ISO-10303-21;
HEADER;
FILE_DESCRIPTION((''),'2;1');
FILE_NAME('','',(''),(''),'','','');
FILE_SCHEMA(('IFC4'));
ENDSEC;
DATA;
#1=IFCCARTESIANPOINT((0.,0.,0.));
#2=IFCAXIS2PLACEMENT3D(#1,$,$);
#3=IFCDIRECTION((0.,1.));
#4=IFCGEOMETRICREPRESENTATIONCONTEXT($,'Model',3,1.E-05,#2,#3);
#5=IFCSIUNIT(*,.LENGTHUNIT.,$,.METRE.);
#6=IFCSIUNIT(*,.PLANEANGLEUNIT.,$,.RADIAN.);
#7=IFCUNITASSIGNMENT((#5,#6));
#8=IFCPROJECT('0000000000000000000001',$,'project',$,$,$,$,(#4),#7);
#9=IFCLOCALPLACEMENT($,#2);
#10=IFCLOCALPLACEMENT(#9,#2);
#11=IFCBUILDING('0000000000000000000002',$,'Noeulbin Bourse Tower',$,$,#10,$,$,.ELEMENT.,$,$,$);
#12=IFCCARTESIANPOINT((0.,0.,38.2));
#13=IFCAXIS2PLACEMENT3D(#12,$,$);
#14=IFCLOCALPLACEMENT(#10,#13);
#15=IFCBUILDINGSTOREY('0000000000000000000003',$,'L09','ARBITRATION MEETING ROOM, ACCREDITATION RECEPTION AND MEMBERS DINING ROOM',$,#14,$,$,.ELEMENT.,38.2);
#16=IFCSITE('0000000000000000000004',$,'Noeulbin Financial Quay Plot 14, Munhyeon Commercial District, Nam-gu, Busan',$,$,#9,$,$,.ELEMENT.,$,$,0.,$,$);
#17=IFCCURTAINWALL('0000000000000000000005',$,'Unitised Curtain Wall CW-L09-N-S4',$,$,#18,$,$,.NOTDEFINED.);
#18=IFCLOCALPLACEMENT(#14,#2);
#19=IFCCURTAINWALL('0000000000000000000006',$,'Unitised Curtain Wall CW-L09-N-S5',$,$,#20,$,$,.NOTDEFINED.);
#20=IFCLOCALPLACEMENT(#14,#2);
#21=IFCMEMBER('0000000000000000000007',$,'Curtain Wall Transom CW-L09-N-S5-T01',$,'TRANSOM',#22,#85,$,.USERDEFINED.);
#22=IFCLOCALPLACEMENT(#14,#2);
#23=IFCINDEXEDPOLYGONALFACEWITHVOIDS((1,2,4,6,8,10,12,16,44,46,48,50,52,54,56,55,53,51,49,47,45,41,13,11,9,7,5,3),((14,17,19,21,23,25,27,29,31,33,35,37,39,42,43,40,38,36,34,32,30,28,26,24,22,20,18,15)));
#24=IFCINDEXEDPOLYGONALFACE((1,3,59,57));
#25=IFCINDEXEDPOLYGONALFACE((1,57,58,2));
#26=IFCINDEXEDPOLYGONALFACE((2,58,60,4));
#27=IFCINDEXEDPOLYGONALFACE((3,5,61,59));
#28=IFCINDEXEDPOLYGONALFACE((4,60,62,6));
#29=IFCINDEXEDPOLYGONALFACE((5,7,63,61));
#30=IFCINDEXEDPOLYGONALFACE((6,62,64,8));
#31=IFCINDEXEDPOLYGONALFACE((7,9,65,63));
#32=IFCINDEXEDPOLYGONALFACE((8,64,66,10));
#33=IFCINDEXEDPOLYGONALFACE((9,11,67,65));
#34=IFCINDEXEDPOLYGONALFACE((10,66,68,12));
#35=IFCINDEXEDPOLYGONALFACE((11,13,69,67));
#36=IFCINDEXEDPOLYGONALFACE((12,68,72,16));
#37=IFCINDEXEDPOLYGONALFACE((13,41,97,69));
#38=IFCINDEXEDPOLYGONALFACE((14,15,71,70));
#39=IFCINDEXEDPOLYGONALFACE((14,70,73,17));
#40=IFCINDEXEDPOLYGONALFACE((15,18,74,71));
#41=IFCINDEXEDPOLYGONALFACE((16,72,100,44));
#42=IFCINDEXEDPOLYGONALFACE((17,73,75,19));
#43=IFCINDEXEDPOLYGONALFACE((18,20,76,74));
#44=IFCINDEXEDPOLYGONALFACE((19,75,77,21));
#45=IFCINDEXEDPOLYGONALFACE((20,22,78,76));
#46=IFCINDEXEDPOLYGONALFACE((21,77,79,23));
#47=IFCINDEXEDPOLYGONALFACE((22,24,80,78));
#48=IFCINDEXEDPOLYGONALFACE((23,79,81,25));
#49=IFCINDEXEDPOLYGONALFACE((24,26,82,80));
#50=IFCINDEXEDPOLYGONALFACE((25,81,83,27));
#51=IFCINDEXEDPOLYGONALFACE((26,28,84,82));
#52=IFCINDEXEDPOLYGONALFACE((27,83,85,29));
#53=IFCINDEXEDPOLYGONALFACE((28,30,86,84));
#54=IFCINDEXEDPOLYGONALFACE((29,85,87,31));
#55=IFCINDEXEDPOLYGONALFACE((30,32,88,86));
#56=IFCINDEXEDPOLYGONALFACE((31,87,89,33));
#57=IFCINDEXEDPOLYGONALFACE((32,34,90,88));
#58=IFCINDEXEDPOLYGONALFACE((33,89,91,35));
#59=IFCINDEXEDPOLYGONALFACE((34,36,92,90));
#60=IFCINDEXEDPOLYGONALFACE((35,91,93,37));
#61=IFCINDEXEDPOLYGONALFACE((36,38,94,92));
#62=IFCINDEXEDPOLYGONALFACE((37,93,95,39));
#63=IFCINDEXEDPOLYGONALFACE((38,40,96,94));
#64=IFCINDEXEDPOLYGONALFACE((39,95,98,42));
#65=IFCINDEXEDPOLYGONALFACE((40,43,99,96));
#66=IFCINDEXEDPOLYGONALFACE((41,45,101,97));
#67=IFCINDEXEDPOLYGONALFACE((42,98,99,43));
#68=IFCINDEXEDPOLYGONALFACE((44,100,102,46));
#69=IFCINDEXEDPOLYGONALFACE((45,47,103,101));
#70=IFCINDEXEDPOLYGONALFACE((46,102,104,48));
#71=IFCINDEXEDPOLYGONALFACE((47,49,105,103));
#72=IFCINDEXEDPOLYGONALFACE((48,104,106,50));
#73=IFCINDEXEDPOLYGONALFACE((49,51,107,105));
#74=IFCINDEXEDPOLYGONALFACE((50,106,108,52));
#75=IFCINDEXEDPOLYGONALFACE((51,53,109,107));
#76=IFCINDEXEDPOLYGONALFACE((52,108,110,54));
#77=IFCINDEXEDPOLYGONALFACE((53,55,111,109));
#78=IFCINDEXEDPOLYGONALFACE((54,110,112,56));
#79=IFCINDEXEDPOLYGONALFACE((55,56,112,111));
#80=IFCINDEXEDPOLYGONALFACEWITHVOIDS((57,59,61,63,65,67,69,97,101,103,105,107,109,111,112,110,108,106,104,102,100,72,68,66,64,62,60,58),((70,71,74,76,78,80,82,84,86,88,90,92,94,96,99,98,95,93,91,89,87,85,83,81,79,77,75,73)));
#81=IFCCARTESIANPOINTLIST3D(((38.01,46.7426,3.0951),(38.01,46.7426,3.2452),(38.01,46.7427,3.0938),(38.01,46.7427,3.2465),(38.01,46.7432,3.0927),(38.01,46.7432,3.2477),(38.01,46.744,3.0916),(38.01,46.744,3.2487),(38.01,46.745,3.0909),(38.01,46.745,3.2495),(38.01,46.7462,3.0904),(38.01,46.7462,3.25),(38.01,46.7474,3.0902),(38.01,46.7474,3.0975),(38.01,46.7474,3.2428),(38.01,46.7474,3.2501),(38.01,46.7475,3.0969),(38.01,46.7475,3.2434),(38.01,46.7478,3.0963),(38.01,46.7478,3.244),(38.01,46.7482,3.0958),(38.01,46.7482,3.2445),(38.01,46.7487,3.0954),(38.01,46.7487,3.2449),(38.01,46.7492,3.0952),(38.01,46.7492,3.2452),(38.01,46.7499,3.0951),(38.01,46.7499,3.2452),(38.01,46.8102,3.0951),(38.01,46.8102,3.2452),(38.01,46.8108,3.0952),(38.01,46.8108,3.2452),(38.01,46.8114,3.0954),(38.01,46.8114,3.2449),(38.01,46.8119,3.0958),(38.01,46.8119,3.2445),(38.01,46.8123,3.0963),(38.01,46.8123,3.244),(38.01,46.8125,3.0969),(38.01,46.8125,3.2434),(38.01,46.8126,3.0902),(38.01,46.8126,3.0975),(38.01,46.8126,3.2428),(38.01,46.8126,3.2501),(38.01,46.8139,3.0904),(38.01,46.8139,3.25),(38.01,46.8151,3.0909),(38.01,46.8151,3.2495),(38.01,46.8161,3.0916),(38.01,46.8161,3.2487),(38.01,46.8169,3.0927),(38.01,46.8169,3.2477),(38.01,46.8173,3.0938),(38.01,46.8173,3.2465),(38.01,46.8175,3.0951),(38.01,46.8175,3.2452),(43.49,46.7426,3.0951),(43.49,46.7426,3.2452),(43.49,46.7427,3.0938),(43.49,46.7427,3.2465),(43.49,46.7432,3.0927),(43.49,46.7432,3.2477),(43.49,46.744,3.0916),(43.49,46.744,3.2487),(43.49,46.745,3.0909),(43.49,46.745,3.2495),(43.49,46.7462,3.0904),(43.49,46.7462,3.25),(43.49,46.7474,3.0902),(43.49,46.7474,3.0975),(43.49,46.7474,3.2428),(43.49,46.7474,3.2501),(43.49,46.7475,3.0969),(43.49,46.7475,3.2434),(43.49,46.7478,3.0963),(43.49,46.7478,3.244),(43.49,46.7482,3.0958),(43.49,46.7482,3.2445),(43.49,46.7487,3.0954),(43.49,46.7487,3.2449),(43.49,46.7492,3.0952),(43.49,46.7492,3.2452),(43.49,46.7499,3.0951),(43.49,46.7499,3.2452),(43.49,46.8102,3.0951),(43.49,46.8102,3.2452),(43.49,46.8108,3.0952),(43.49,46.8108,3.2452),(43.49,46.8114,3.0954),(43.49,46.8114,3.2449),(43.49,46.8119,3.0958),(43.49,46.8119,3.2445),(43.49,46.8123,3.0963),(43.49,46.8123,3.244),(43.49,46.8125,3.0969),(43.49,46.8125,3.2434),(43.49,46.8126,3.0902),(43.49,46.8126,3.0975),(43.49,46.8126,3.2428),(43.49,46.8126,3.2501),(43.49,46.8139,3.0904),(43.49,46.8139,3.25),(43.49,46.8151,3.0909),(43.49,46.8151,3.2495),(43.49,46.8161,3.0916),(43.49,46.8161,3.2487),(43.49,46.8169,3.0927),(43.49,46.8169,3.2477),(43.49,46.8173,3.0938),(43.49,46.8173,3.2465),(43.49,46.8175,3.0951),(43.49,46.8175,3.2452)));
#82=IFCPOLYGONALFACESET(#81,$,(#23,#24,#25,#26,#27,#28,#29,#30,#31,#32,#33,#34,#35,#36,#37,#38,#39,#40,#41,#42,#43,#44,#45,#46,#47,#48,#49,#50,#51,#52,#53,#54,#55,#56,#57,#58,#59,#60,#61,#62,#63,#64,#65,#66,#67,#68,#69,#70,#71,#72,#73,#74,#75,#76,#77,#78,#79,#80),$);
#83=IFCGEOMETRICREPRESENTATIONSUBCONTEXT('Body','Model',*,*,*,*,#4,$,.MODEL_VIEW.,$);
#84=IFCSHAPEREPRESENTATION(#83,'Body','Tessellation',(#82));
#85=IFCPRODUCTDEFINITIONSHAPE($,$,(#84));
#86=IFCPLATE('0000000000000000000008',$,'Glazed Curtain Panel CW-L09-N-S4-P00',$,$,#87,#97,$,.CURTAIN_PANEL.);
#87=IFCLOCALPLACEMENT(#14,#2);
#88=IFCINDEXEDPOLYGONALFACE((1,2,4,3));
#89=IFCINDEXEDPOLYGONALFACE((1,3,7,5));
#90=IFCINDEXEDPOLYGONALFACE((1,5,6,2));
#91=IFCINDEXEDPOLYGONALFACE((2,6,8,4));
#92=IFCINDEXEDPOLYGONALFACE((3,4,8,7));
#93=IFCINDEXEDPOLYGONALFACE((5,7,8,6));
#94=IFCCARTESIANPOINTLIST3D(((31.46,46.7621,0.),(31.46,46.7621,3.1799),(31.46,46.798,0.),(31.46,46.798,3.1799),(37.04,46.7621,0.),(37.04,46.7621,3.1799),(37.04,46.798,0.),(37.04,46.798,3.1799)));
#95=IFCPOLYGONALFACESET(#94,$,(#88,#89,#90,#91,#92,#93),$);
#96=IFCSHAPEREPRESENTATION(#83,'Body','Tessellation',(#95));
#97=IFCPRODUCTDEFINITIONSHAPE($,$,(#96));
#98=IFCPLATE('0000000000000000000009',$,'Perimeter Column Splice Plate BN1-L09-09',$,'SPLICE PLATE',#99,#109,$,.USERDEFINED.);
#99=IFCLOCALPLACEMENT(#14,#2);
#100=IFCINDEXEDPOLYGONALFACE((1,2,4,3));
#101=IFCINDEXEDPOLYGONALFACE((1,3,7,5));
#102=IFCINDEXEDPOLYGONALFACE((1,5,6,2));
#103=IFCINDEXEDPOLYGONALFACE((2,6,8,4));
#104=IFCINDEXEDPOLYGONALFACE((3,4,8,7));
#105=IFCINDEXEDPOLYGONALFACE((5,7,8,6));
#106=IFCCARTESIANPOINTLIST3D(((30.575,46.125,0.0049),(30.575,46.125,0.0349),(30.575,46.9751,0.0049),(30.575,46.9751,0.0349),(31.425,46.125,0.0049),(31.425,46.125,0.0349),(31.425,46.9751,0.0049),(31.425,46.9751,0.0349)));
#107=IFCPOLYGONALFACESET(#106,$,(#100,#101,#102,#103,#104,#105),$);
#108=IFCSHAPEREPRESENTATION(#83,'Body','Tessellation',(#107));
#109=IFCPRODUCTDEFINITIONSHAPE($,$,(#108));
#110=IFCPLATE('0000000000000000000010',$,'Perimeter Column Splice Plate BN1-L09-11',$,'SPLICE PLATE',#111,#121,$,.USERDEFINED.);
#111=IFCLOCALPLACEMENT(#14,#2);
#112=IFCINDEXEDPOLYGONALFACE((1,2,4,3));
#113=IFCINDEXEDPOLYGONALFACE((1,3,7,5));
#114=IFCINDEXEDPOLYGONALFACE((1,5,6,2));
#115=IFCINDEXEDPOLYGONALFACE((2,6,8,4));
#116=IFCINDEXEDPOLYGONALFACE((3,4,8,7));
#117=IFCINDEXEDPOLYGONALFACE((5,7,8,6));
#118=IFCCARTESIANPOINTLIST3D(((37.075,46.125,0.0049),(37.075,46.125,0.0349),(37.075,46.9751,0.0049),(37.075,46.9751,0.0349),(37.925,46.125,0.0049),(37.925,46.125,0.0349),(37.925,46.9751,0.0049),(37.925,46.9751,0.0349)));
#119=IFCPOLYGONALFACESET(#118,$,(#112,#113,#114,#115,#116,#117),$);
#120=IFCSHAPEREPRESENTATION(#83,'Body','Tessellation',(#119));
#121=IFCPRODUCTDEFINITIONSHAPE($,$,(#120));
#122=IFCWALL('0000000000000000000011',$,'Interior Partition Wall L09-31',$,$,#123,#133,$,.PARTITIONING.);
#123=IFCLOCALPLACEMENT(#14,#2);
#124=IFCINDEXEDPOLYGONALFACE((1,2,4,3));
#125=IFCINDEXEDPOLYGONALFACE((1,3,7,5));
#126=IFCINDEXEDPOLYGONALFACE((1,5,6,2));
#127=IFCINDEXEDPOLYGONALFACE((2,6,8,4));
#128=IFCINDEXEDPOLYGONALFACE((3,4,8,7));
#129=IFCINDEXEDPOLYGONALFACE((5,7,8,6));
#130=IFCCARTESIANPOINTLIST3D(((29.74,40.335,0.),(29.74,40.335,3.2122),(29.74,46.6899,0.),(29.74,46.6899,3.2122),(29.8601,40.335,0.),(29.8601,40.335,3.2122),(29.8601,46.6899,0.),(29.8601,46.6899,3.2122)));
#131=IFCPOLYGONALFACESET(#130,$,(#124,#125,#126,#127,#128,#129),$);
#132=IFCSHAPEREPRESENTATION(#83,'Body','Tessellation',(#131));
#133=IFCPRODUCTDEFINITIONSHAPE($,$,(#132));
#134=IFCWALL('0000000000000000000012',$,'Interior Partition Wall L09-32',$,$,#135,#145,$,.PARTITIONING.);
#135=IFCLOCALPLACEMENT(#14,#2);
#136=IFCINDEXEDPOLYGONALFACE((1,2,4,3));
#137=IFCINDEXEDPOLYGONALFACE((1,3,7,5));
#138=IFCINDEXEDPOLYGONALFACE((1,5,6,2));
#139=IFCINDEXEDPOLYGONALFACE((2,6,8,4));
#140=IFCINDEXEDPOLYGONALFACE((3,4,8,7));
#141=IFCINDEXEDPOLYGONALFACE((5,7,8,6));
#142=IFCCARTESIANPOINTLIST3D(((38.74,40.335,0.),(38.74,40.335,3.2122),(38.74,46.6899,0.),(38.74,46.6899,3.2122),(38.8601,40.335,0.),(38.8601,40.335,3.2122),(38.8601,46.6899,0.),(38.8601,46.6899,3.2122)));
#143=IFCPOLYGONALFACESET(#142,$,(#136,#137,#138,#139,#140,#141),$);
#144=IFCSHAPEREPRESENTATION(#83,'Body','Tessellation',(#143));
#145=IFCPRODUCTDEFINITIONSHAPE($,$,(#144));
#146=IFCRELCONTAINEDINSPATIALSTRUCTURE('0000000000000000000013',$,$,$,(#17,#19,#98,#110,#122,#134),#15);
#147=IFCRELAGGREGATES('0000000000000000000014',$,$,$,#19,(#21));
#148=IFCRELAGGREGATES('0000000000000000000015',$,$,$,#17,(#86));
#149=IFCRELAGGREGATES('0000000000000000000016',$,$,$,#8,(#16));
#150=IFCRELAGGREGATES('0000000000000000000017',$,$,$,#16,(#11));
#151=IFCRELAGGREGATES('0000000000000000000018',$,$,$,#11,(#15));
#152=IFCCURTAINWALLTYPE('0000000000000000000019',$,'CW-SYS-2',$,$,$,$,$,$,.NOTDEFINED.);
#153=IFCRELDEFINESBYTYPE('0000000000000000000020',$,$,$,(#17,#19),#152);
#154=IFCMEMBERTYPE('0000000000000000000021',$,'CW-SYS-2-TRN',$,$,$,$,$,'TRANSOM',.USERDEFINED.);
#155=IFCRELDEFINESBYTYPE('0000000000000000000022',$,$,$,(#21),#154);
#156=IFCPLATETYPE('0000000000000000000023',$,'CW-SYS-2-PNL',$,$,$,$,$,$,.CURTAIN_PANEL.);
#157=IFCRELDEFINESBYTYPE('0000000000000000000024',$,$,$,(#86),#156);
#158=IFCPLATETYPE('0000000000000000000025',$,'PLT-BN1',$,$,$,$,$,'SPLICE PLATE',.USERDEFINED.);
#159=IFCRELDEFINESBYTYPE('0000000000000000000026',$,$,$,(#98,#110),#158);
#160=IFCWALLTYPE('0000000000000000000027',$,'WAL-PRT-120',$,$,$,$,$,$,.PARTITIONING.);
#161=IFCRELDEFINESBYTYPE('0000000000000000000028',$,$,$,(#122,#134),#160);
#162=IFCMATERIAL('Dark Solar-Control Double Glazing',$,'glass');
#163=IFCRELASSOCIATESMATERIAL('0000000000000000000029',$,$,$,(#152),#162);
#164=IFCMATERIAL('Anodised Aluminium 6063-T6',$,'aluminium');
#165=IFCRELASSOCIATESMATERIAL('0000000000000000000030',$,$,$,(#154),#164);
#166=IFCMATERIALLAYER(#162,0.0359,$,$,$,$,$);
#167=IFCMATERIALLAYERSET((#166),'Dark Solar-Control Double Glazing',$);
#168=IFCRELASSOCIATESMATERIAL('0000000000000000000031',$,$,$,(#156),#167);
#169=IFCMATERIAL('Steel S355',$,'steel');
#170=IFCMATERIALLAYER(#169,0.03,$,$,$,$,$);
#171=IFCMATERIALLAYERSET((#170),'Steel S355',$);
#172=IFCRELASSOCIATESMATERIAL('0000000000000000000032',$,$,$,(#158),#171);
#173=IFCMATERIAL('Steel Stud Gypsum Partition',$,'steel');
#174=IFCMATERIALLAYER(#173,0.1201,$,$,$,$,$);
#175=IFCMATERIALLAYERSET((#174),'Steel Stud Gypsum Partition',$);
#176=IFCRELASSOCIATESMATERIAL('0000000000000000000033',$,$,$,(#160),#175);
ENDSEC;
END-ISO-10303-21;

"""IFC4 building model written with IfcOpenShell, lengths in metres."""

from ifc_helpers import new_model, si_unit, direction, frame, frame_2d, origin, origin_2d, place, context, subcontext, project, spatial, rectangle, hollow_rectangle, extrude, material, layer, layer_set, material_profile, profile_set, type_object, element, aggregate, save


model = new_model("IFC4")

# Units and contexts
model_context = context("Model", 3, precision=1e-05, world=origin(), true_north=direction((0.0, 1.0)))
body_context = subcontext(model_context, "Body", "Model", "MODEL_VIEW")
ifc_project = project(units=[si_unit("LENGTHUNIT", "METRE"), si_unit("PLANEANGLEUNIT", "RADIAN")], contexts=[model_context])

# Site, building, storey
site_placement = place(None, origin())
site = spatial("IfcSite", under=ifc_project, at=site_placement, Name="Noeulbin Financial Quay Plot 14, Munhyeon Commercial District, Nam-gu, Busan", CompositionType="ELEMENT", RefElevation=0.0)
building_placement = place(site_placement, origin())
building = spatial("IfcBuilding", under=site, at=building_placement, Name="Noeulbin Bourse Tower", CompositionType="ELEMENT")
storey_placement = place(building_placement, frame((0.0, 0.0, 38.2)))
storey = spatial("IfcBuildingStorey", under=building, at=storey_placement, Name="L09", Description="ARBITRATION MEETING ROOM, ACCREDITATION RECEPTION AND MEMBERS DINING ROOM", CompositionType="ELEMENT", Elevation=38.2)

# Shared definitions
ifc_material_1 = material(Name="Steel S355", Category="steel")

# Shared definitions
ifc_material_2 = material(Name="Dark Solar-Control Double Glazing", Category="glass")
curtain_wall_type = type_object("IfcCurtainWallType", Name="CW-SYS-2", PredefinedType="NOTDEFINED", material=ifc_material_2)
ifc_material_3 = material(Name="Anodised Aluminium 6063-T6", Category="aluminium")

# Curtain wall
curtain_wall_1_placement = place(storey_placement, origin())
curtain_wall_1 = element("IfcCurtainWall", 1, at=curtain_wall_1_placement, inside=storey, type_object=curtain_wall_type, Name="Unitised Curtain Wall CW-L09-N-S4", PredefinedType="NOTDEFINED")

# Curtain wall
curtain_wall_2_placement = place(storey_placement, origin())
curtain_wall_2 = element("IfcCurtainWall", 2, at=curtain_wall_2_placement, inside=storey, type_object=curtain_wall_type, Name="Unitised Curtain Wall CW-L09-N-S5", PredefinedType="NOTDEFINED")

# Member
ifc_material_profile_1 = material_profile(ifc_material_3, hollow_rectangle(XDim=0.075, YDim=0.1599, WallThickness=0.0049, InnerFilletRadius=0.0024, OuterFilletRadius=0.0049, at=origin_2d()), Name="ALU-TRAN-75x160x5", Category="LoadBearing")
ifc_profile_set_1 = profile_set([ifc_material_profile_1], Name="Anodised Aluminium 6063-T6")
member_type_1 = type_object("IfcMemberType", Name="CW-SYS-2-TRN", ElementType="TRANSOM", PredefinedType="USERDEFINED", material=ifc_profile_set_1)
member_1_placement = place(storey_placement, frame((38.01, 46.78, 3.1702), z_axis=(1.0, 0.0, 0.0), x_axis=(0.0, 1.0, 0.0)))
member_1 = element("IfcMember", 3, at=member_1_placement, type_object=member_type_1, Name="Curtain Wall Transom CW-L09-N-S5-T01", ObjectType="TRANSOM", PredefinedType="USERDEFINED", context=body_context, shape_type="SweptSolid", body=[
    extrude(hollow_rectangle(XDim=0.075, YDim=0.1599, WallThickness=0.0049, InnerFilletRadius=0.0024, OuterFilletRadius=0.0049, at=origin_2d()), origin(), (0.0, 0.0, 1.0), 5.48),
])
aggregate(curtain_wall_2, [member_1])

# Plate
ifc_layer_1 = layer(ifc_material_2, 0.0359)
ifc_layer_set_1 = layer_set([ifc_layer_1], Name="Dark Solar-Control Double Glazing")
plate_type_1 = type_object("IfcPlateType", Name="CW-SYS-2-PNL", PredefinedType="CURTAIN_PANEL", material=ifc_layer_set_1)
plate_placement = place(storey_placement, frame((34.25, 46.78, 0.0), z_axis=(0.0, 0.0, 1.0), x_axis=(1.0, 0.0, 0.0)))
plate = element("IfcPlate", 4, at=plate_placement, type_object=plate_type_1, Name="Glazed Curtain Panel CW-L09-N-S4-P00", PredefinedType="CURTAIN_PANEL", context=body_context, shape_type="SweptSolid", body=[
    extrude(rectangle(XDim=5.5801, YDim=0.0359, at=origin_2d()), origin(), (0.0, 0.0, 1.0), 3.1799),
])
aggregate(curtain_wall_1, [plate])

# Plates
ifc_layer_2 = layer(ifc_material_1, 0.03)
ifc_layer_set_2 = layer_set([ifc_layer_2], Name="Steel S355")
plate_type_2 = type_object("IfcPlateType", Name="PLT-BN1", ElementType="SPLICE PLATE", PredefinedType="USERDEFINED", material=ifc_layer_set_2)
for number, where, z_axis, x_axis, name in (
    (5, (31.0, 46.55, 0.0049), (0.0, 0.0, 1.0), (1.0, 0.0, 0.0), "Perimeter Column Splice Plate BN1-L09-09"),
    (6, (37.5, 46.55, 0.0049), (0.0, 0.0, 1.0), (1.0, 0.0, 0.0), "Perimeter Column Splice Plate BN1-L09-11"),
):
    element("IfcPlate", number, at=place(storey_placement, frame(where, z_axis=z_axis, x_axis=x_axis)), inside=storey, type_object=plate_type_2, Name=name, ObjectType="SPLICE PLATE", PredefinedType="USERDEFINED", context=body_context, shape_type="SweptSolid", body=[
        extrude(rectangle(XDim=0.8501, YDim=0.8501, at=origin_2d()), origin(), (0.0, 0.0, 1.0), 0.03),
    ])

# Walls
ifc_material_4 = material(Name="Steel Stud Gypsum Partition", Category="steel")
ifc_layer_3 = layer(ifc_material_4, 0.1201)
ifc_layer_set_3 = layer_set([ifc_layer_3], Name="Steel Stud Gypsum Partition")
wall_type = type_object("IfcWallType", Name="WAL-PRT-120", PredefinedType="PARTITIONING", material=ifc_layer_set_3)
for number, where, z_axis, x_axis, name in (
    (7, (29.8, 40.335, 0.0), (0.0, 0.0, 1.0), (0.0, 1.0, 0.0), "Interior Partition Wall L09-31"),
    (8, (38.8, 40.335, 0.0), (0.0, 0.0, 1.0), (0.0, 1.0, 0.0), "Interior Partition Wall L09-32"),
):
    element("IfcWall", number, at=place(storey_placement, frame(where, z_axis=z_axis, x_axis=x_axis)), inside=storey, type_object=wall_type, Name=name, PredefinedType="PARTITIONING", context=body_context, shape_type="SweptSolid", body=[
        extrude(rectangle(XDim=6.355, YDim=0.1201, at=frame_2d((3.1775, 0.0))), origin(), (0.0, 0.0, 1.0), 3.2122),
    ])

save(model, "model.ifc")
